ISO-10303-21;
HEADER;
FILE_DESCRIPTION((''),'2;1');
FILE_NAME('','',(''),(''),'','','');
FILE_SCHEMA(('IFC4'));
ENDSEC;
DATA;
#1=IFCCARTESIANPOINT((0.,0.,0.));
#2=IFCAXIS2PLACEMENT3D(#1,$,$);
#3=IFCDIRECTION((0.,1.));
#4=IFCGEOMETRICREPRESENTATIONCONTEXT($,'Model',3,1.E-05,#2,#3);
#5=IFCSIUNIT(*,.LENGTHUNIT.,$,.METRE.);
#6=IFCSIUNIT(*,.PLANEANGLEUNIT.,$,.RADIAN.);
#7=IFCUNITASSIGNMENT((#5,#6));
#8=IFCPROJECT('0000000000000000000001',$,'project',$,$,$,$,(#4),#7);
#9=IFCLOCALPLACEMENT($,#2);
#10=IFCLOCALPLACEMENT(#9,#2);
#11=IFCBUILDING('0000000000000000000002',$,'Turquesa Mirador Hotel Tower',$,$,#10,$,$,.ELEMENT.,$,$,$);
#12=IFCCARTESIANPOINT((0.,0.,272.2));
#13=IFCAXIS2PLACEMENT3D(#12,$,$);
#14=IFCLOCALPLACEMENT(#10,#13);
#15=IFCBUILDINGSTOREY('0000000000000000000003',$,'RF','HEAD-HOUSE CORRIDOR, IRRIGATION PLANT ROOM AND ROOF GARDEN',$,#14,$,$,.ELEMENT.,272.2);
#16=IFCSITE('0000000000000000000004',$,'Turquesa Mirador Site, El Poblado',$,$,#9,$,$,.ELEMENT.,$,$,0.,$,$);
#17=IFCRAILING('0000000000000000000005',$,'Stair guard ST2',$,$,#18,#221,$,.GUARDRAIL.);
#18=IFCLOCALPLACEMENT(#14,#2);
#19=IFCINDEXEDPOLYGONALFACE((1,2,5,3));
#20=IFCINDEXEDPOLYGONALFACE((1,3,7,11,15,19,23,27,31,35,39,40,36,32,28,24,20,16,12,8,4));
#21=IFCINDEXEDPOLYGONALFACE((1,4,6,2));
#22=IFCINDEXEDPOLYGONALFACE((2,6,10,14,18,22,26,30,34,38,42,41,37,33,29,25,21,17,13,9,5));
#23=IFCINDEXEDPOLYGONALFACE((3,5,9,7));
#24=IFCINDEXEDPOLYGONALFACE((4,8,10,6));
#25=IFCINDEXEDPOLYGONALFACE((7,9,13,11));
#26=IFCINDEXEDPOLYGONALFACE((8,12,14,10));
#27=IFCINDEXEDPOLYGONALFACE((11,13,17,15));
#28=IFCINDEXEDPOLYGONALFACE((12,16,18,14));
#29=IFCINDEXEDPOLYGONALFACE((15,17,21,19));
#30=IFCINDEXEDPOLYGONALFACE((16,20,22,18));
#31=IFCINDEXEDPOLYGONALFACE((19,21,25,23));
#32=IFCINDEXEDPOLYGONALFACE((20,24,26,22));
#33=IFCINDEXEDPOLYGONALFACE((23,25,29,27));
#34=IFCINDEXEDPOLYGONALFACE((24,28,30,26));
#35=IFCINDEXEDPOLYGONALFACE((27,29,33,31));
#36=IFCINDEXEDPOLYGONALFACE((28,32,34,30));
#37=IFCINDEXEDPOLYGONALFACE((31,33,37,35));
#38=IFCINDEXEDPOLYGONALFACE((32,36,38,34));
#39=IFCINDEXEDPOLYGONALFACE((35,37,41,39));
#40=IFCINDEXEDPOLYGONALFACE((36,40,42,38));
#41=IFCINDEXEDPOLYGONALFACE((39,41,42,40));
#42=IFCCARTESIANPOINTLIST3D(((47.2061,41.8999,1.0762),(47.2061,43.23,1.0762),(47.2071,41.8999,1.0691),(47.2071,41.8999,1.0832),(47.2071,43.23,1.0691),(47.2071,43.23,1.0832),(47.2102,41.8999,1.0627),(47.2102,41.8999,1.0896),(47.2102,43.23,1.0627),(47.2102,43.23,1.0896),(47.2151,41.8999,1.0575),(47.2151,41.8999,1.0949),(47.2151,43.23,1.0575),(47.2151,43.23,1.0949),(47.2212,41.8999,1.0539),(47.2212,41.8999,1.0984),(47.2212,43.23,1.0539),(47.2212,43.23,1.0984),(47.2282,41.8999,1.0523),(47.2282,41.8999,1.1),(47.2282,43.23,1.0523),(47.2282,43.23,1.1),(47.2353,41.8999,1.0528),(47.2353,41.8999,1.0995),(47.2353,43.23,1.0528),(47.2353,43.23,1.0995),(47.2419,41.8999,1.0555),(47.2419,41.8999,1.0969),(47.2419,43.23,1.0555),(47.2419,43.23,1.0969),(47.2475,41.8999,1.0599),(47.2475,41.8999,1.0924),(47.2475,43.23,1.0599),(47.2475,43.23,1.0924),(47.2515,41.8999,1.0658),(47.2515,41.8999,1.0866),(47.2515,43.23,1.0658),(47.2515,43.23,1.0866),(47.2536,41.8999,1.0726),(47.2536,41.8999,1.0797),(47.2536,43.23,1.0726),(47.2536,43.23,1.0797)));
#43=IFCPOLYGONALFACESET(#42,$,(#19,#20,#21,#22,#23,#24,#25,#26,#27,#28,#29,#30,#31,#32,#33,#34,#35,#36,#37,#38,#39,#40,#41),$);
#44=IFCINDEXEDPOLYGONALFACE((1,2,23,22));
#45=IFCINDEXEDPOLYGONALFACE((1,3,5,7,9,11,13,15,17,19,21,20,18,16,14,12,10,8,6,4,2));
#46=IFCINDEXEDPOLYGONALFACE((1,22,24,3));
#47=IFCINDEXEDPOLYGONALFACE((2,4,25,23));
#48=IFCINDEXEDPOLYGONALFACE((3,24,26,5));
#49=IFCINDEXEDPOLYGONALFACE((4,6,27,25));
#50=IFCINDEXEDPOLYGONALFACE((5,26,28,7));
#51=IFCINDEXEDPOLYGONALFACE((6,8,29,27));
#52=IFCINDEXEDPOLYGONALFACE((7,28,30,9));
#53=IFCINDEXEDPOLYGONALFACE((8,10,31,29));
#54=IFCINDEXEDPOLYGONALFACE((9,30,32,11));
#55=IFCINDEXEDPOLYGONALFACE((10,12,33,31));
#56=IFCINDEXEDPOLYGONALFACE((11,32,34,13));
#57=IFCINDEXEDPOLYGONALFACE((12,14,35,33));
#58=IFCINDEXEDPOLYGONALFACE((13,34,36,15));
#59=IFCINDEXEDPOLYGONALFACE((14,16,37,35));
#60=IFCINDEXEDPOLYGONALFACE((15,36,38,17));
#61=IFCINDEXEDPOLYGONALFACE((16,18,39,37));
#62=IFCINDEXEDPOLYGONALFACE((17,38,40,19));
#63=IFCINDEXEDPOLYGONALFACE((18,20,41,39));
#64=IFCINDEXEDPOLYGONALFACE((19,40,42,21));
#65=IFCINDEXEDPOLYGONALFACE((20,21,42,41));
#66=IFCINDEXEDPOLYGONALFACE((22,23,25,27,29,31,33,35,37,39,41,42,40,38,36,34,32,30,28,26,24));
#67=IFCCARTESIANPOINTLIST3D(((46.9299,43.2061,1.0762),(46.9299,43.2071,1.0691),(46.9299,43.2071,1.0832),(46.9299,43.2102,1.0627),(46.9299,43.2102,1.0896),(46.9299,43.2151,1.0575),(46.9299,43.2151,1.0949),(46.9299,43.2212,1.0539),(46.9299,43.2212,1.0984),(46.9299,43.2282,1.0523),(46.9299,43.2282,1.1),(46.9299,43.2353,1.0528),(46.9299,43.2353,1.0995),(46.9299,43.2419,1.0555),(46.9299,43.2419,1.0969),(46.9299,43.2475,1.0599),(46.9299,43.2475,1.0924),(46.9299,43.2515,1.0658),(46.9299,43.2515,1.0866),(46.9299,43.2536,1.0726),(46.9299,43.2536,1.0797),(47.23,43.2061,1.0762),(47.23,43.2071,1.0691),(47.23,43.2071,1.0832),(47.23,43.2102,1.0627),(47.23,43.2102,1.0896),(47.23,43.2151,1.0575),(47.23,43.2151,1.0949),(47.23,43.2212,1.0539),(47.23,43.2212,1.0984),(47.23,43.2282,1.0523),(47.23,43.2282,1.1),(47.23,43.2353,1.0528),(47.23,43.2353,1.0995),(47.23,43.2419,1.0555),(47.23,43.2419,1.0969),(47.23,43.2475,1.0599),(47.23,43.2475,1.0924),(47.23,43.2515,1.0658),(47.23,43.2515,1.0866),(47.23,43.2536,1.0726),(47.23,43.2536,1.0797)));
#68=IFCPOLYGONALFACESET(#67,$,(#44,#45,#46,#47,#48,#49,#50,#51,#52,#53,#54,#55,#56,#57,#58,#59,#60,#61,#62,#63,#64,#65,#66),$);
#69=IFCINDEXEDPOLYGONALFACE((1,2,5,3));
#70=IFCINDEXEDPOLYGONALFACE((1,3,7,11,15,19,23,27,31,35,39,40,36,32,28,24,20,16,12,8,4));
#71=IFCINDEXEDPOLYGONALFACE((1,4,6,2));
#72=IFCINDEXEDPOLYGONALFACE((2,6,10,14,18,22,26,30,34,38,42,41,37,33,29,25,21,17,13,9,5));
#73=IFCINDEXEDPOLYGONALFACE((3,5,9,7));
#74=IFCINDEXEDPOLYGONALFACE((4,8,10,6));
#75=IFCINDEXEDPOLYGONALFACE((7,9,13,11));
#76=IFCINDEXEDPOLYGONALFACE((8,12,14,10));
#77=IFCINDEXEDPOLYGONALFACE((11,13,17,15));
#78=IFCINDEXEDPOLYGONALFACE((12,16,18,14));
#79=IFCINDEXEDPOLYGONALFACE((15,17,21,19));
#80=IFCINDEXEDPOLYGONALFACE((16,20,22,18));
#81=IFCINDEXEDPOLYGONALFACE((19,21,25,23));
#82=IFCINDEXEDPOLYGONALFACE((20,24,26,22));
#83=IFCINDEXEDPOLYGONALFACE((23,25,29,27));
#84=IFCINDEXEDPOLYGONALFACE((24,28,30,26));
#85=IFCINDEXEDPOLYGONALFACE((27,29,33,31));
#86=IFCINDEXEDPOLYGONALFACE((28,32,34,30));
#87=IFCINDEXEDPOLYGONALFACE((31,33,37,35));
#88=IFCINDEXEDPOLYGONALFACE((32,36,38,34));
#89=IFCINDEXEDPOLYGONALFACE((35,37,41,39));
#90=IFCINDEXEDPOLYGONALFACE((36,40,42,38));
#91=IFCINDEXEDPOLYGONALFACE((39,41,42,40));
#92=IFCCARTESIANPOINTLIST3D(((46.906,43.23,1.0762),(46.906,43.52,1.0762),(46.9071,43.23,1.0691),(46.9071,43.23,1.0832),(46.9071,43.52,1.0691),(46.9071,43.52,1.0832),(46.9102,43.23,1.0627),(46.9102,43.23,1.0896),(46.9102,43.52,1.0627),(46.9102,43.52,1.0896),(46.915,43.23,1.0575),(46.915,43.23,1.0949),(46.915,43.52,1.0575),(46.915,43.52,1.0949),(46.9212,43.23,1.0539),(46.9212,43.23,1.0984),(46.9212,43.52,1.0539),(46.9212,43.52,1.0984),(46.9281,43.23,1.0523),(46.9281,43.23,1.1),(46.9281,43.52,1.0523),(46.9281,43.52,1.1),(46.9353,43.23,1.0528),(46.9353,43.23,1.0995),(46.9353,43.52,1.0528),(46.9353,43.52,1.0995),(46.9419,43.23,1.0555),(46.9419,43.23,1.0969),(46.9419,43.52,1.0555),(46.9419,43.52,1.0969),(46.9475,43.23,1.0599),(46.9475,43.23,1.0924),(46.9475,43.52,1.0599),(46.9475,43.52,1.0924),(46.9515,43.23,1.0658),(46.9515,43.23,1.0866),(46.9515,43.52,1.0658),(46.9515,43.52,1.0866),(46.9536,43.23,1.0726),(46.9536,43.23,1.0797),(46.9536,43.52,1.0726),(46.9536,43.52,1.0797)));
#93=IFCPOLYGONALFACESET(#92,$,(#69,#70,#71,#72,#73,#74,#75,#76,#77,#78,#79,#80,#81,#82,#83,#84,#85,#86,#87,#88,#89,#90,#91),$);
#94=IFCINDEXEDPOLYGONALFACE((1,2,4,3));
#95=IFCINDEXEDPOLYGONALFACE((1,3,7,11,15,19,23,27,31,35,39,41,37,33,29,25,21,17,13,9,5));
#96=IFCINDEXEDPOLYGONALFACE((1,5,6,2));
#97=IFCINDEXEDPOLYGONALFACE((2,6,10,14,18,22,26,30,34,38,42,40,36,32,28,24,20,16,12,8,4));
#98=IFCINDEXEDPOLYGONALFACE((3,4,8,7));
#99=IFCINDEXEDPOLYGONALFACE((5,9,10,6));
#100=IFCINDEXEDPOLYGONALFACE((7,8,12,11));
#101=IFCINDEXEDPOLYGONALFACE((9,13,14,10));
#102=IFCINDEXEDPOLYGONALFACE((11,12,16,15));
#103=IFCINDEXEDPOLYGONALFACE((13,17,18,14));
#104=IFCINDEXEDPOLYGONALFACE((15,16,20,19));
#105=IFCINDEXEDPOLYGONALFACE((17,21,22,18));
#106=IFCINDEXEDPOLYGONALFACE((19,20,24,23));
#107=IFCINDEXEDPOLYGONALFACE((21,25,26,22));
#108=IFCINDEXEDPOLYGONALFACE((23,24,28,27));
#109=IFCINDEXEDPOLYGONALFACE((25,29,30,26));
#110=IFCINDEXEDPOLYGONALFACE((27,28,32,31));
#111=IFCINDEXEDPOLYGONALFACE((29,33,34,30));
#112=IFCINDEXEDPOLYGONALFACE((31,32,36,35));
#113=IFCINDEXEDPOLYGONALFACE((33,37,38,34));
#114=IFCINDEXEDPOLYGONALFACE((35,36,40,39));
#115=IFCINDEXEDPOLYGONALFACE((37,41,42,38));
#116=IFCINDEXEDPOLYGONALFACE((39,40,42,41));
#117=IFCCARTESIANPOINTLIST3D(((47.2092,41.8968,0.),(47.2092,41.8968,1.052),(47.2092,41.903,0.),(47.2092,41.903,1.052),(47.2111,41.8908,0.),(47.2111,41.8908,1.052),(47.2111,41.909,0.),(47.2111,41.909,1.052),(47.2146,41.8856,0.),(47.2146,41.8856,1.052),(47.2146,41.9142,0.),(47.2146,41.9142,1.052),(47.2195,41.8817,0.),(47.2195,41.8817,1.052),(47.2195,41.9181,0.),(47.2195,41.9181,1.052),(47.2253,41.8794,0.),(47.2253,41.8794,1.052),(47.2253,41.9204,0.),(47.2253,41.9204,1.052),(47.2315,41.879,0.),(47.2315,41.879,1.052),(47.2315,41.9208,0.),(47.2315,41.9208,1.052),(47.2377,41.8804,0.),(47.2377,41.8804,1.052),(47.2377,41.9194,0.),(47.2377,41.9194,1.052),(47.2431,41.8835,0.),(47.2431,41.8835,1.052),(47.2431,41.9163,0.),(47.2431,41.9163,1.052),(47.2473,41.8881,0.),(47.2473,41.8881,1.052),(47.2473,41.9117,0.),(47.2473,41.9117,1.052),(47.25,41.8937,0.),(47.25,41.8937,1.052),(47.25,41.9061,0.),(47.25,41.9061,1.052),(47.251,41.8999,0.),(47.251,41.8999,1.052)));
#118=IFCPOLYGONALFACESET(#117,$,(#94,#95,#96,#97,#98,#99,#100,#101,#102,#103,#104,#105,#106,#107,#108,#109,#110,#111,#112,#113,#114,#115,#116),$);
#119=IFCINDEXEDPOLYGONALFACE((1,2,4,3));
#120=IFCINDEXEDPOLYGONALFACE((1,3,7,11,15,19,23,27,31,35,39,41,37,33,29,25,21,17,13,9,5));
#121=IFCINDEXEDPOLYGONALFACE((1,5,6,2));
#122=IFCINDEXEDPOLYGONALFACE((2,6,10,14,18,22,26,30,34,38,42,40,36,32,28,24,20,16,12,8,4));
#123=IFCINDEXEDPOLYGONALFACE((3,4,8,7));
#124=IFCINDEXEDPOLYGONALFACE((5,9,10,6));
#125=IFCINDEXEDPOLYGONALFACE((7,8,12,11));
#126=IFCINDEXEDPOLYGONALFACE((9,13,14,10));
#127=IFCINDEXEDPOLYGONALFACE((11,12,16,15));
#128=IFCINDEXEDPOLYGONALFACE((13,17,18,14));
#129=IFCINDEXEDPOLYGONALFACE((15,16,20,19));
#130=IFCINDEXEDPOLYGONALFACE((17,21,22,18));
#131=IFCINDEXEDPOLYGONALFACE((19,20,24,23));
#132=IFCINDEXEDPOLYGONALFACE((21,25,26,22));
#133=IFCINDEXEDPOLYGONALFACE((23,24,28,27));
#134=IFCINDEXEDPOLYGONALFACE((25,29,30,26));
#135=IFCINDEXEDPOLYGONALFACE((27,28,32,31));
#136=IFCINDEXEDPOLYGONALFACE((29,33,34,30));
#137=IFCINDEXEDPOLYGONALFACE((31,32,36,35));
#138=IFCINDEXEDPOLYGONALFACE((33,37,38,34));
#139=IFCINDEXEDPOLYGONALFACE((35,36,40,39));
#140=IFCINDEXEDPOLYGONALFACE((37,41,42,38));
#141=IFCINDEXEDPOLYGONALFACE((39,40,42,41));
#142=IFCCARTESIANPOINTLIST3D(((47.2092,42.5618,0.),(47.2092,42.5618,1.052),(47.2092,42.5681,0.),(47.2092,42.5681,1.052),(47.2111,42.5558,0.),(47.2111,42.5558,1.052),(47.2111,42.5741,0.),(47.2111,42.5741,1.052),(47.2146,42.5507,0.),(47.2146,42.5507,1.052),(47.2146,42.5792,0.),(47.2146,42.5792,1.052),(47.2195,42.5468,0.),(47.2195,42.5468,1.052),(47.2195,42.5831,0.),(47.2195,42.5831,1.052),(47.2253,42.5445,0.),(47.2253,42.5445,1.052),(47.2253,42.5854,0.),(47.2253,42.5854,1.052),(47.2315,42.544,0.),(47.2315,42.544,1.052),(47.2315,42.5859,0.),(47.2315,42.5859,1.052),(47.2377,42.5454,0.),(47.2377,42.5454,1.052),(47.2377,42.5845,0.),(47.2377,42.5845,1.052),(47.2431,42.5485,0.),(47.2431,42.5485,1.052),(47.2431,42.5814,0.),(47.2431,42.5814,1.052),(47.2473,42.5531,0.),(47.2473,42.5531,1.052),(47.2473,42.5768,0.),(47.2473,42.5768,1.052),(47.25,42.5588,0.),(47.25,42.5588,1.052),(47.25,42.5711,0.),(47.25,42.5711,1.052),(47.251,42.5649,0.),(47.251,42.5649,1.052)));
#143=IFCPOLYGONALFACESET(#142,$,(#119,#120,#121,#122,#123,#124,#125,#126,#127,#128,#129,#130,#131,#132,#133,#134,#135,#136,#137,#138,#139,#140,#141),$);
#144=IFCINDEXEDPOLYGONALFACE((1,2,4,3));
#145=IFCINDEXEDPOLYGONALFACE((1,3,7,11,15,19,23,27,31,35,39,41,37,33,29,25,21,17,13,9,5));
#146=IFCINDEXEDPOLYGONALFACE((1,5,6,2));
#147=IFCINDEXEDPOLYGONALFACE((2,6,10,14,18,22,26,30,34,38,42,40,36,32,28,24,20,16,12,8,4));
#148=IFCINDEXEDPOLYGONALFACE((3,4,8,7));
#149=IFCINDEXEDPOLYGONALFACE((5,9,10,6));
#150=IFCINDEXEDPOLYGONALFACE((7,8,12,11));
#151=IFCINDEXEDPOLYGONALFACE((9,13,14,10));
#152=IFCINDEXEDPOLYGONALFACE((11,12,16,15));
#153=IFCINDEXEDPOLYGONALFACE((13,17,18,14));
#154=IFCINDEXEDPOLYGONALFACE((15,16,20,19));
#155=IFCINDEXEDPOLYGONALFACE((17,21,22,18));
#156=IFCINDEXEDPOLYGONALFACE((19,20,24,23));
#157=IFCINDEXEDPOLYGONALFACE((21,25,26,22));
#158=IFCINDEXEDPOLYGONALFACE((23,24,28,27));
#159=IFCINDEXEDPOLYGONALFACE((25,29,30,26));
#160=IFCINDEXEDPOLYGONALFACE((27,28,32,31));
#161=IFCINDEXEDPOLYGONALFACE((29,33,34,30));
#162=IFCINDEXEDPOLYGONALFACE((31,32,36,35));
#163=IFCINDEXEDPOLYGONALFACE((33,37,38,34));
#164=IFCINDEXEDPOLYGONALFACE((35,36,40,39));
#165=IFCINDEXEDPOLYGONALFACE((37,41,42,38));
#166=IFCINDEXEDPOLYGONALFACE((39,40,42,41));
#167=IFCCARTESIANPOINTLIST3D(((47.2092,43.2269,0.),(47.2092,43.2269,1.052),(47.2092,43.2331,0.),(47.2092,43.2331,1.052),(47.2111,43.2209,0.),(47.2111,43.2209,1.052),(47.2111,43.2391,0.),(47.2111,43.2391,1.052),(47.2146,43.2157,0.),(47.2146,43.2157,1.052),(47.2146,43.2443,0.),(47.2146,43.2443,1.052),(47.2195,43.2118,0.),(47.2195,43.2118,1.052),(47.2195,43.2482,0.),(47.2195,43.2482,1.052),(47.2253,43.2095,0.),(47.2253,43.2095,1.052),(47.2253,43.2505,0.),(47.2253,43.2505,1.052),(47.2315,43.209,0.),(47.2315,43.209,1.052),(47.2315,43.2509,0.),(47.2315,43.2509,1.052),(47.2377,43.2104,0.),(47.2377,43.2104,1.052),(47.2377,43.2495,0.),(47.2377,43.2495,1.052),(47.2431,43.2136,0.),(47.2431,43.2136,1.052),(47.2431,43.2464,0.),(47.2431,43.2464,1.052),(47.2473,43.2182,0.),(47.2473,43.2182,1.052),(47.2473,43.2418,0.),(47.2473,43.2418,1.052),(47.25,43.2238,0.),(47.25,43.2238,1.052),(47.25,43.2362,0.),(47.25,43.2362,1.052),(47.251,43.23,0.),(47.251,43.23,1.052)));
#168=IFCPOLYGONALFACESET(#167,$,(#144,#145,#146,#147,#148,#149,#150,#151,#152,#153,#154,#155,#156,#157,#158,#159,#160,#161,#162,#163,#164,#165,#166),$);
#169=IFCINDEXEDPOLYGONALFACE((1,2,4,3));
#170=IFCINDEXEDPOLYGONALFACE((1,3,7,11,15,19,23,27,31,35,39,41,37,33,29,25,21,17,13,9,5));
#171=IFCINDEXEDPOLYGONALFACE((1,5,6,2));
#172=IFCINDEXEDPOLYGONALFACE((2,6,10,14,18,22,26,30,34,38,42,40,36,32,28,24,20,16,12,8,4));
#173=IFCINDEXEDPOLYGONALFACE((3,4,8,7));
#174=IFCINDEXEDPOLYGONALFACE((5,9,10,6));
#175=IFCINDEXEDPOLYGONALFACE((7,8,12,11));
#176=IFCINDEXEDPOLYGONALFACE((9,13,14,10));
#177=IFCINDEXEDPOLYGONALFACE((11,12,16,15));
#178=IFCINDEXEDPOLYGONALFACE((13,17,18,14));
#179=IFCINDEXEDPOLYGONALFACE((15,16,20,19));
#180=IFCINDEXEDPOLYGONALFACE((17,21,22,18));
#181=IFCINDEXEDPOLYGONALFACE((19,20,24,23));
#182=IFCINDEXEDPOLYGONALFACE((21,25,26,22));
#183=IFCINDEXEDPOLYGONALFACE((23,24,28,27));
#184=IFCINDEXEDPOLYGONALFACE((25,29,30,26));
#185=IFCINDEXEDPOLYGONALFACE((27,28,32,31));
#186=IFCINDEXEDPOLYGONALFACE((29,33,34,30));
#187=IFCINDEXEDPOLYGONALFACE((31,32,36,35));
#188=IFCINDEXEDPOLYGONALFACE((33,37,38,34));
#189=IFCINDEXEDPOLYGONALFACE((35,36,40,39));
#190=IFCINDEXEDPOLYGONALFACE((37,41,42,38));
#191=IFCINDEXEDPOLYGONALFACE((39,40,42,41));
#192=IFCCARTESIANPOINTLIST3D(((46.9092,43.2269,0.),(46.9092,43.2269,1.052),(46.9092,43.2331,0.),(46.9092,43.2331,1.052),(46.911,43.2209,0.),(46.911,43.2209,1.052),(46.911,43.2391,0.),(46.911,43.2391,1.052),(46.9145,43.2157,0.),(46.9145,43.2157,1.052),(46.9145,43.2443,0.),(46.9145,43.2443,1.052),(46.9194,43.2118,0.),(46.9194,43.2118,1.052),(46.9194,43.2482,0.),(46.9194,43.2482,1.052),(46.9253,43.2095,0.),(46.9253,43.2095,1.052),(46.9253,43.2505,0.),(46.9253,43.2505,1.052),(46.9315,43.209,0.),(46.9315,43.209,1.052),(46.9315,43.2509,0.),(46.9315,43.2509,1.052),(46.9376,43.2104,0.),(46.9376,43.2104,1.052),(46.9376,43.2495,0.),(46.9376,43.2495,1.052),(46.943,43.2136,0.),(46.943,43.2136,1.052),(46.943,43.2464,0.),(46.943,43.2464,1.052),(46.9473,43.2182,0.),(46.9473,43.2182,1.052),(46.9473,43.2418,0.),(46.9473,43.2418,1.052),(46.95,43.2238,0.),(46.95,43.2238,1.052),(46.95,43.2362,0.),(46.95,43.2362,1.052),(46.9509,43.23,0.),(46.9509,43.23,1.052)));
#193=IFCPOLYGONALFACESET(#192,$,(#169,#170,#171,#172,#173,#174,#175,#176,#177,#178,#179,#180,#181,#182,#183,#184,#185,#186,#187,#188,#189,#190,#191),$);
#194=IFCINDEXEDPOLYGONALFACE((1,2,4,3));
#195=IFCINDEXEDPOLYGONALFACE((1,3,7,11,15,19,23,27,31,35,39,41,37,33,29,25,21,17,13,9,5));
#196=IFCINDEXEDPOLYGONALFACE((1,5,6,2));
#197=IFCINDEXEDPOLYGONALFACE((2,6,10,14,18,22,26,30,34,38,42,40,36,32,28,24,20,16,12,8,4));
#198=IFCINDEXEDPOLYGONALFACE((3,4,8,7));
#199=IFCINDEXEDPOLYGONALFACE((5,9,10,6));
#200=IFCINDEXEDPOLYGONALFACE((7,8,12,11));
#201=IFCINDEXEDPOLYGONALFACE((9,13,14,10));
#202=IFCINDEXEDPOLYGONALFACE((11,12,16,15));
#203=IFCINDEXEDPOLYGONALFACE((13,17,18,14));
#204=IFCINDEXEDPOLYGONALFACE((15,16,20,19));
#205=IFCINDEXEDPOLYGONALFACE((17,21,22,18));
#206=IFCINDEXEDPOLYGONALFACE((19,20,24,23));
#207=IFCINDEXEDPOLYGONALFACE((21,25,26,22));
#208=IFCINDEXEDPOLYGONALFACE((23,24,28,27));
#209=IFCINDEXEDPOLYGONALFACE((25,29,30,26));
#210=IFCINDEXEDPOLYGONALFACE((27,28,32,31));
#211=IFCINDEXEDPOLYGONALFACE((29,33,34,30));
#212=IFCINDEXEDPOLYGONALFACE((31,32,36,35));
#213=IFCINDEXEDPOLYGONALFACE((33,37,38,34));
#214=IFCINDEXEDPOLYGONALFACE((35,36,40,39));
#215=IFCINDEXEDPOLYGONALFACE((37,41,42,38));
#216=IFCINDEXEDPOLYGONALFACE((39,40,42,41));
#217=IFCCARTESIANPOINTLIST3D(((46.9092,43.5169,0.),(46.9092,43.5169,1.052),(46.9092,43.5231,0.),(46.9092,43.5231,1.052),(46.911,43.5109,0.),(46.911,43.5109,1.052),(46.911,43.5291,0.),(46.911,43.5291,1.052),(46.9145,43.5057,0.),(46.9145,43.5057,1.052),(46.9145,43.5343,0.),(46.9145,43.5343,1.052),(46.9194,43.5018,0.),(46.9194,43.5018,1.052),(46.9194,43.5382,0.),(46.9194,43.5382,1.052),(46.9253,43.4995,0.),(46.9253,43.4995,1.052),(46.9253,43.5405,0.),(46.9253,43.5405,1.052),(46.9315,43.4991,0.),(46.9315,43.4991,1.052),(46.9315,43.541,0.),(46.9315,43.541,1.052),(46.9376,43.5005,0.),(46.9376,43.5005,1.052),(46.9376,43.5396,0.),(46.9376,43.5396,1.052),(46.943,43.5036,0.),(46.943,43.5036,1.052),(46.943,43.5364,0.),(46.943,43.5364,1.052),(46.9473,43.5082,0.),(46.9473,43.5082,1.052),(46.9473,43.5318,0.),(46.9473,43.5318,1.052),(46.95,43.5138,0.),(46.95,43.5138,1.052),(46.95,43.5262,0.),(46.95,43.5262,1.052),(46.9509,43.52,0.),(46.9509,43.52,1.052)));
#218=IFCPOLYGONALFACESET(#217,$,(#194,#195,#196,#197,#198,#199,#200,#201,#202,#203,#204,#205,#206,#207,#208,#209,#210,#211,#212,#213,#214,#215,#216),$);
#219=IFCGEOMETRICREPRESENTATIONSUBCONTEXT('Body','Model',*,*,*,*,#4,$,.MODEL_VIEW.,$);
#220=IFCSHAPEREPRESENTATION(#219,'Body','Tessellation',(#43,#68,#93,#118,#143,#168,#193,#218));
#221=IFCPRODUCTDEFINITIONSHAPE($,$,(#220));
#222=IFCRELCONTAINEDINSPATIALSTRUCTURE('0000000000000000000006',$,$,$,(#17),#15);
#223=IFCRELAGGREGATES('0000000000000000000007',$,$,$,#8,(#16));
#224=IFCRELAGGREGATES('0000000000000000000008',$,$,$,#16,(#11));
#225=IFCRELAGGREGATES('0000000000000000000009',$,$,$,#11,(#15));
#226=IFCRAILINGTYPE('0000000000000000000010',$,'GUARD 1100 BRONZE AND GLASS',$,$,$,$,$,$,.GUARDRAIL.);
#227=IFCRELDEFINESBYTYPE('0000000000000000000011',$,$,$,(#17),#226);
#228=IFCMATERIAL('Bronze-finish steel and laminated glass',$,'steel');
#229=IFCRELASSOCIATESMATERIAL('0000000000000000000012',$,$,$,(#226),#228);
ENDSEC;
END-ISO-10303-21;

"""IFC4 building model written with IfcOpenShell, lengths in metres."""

from ifc_helpers import new_model, si_unit, direction, frame, origin, origin_2d, place, context, subcontext, project, spatial, circle, extrude, material, type_object, element, save


model = new_model("IFC4")

# Units and contexts
model_context = context("Model", 3, precision=1e-05, world=origin(), true_north=direction((0.0, 1.0)))
body_context = subcontext(model_context, "Body", "Model", "MODEL_VIEW")
ifc_project = project(units=[si_unit("LENGTHUNIT", "METRE"), si_unit("PLANEANGLEUNIT", "RADIAN")], contexts=[model_context])

# Site, building, storey
site_placement = place(None, origin())
site = spatial("IfcSite", under=ifc_project, at=site_placement, Name="Turquesa Mirador Site, El Poblado", CompositionType="ELEMENT", RefElevation=0.0)
building_placement = place(site_placement, origin())
building = spatial("IfcBuilding", under=site, at=building_placement, Name="Turquesa Mirador Hotel Tower", CompositionType="ELEMENT")
storey_placement = place(building_placement, frame((0.0, 0.0, 272.2)))
storey = spatial("IfcBuildingStorey", under=building, at=storey_placement, Name="RF", Description="HEAD-HOUSE CORRIDOR, IRRIGATION PLANT ROOM AND ROOF GARDEN", CompositionType="ELEMENT", Elevation=272.2)

# Railing
ifc_material_1 = material(Name="Bronze-finish steel and laminated glass", Category="steel")
railing_type = type_object("IfcRailingType", Name="GUARD 1100 BRONZE AND GLASS", PredefinedType="GUARDRAIL", material=ifc_material_1)
railing_placement = place(storey_placement, frame((47.23, 41.8999, 0.0)))
element("IfcRailing", 1, at=railing_placement, inside=storey, type_object=railing_type, Name="Stair guard ST2", PredefinedType="GUARDRAIL", context=body_context, shape_type="SweptSolid", body=[
    extrude(circle(Radius=0.0239, at=origin_2d()), frame((0.0, 0.0, 1.0762), z_axis=(0.0, 1.0, 0.0), x_axis=(-1.0, 0.0, 0.0)), (0.0, 0.0, 1.0), 1.3301),
    extrude(circle(Radius=0.0239, at=origin_2d()), frame((0.0, 1.3301, 1.0762), z_axis=(-1.0, 0.0, 0.0), x_axis=(0.0, -1.0, 0.0)), (0.0, 0.0, 1.0), 0.3),
    extrude(circle(Radius=0.0239, at=origin_2d()), frame((-0.3, 1.3301, 1.0762), z_axis=(0.0, 1.0, 0.0), x_axis=(-1.0, 0.0, 0.0)), (0.0, 0.0, 1.0), 0.29),
    extrude(circle(Radius=0.021, at=origin_2d()), origin(), (0.0, 0.0, 1.0), 1.052),
    extrude(circle(Radius=0.021, at=origin_2d()), frame((0.0, 0.665, 0.0)), (0.0, 0.0, 1.0), 1.052),
    extrude(circle(Radius=0.021, at=origin_2d()), frame((0.0, 1.3301, 0.0)), (0.0, 0.0, 1.0), 1.052),
    extrude(circle(Radius=0.021, at=origin_2d()), frame((-0.3, 1.3301, 0.0)), (0.0, 0.0, 1.0), 1.052),
    extrude(circle(Radius=0.021, at=origin_2d()), frame((-0.3, 1.6201, 0.0)), (0.0, 0.0, 1.0), 1.052),
])

save(model, "model.ifc")
